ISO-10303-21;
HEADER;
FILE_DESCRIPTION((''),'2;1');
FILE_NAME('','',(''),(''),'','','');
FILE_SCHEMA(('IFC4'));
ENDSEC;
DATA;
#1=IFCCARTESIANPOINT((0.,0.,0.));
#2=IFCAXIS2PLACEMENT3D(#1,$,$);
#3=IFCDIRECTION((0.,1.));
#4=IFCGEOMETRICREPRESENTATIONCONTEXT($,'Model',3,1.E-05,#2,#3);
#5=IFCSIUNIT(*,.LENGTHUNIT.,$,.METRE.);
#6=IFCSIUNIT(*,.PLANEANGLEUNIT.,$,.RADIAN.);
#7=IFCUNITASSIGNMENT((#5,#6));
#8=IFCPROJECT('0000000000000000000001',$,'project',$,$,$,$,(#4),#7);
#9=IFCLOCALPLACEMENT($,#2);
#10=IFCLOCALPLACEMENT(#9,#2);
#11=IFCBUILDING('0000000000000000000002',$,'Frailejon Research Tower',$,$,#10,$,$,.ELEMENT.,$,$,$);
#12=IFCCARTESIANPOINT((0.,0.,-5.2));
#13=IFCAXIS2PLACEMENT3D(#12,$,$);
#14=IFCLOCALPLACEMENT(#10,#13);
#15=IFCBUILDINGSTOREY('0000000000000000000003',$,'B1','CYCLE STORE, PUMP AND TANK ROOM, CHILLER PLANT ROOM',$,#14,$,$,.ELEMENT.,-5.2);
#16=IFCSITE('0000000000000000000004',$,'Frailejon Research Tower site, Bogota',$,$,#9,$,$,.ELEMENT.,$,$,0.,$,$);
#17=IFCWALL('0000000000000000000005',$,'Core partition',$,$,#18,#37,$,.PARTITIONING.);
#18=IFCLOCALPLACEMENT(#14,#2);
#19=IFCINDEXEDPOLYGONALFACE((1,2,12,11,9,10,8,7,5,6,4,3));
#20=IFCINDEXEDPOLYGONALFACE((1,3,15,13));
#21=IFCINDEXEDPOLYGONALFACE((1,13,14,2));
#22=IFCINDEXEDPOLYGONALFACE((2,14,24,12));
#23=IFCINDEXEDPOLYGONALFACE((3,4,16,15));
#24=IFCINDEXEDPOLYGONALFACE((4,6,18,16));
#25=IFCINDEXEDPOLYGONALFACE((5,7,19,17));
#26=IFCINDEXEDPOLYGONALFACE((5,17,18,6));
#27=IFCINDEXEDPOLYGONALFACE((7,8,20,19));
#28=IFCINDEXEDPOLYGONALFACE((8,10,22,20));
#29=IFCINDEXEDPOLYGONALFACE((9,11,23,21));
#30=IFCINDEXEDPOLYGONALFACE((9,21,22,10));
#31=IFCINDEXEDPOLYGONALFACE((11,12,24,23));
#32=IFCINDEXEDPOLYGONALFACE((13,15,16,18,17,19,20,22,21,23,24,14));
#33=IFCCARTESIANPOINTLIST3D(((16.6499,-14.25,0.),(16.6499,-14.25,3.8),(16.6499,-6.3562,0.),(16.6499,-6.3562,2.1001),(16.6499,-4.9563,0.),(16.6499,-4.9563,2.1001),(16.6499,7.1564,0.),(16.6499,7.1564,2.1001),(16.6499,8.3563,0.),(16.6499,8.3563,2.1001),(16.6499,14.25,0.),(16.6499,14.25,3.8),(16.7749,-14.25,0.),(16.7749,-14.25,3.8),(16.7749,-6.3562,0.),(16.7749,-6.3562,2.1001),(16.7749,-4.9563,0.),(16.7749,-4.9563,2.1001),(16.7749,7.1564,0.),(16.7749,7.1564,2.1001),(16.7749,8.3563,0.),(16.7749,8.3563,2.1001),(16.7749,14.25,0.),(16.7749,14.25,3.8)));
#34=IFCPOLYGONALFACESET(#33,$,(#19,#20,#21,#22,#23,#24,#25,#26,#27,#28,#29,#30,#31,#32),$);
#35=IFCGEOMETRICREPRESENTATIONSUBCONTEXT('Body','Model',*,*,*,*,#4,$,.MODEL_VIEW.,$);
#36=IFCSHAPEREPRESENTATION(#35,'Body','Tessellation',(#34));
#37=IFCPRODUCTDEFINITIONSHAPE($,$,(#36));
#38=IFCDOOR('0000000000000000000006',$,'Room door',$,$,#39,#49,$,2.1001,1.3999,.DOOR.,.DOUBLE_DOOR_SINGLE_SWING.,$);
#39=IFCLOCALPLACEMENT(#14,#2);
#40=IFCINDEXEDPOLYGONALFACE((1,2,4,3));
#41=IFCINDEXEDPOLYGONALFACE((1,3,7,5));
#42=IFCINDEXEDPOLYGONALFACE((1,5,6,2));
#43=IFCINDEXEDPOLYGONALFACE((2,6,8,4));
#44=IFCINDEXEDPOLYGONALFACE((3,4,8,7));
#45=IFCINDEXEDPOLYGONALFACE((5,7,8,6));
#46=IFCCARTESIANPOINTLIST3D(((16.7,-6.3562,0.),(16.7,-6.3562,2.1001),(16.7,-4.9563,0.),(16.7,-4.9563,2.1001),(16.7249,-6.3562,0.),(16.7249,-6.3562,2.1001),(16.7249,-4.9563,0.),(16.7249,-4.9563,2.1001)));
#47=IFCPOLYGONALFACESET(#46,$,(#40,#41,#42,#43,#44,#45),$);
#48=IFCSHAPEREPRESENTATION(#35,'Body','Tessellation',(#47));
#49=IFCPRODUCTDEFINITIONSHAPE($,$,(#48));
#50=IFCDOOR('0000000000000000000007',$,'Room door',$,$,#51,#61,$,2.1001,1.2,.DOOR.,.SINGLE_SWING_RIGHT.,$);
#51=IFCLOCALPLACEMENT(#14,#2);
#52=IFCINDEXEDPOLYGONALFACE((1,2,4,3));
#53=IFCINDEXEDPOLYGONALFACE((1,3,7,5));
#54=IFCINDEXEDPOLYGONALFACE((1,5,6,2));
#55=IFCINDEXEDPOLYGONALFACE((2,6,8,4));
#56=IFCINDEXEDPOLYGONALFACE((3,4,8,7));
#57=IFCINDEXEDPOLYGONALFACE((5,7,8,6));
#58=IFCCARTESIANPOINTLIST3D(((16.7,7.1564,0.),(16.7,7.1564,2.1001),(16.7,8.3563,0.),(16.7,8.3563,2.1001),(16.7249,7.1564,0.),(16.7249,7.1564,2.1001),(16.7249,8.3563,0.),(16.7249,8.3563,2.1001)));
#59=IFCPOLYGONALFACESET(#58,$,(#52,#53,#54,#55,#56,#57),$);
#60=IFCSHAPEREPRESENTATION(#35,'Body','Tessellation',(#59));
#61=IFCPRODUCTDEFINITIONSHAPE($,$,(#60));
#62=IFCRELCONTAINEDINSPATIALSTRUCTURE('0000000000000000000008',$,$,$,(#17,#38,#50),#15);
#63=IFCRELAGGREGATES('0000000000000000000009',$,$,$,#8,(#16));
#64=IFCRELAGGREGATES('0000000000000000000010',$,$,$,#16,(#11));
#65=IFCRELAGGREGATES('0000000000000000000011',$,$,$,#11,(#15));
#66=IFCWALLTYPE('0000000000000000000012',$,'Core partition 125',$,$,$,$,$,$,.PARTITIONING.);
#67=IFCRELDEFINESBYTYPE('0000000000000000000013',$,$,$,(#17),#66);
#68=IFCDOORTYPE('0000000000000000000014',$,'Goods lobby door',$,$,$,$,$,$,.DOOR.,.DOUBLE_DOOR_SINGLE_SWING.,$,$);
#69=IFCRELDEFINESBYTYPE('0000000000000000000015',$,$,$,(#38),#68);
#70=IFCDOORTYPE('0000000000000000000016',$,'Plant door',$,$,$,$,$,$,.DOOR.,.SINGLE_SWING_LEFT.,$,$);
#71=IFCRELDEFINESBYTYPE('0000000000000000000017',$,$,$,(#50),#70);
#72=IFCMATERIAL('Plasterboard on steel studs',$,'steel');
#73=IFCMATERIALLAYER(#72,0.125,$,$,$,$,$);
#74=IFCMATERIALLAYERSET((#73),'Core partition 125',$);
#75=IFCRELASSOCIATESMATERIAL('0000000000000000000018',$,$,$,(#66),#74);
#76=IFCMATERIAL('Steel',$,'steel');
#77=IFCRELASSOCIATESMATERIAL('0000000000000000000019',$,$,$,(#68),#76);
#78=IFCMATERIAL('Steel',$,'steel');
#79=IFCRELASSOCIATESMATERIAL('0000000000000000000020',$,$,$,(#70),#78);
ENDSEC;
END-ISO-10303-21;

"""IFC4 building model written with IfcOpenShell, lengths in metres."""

from ifc_helpers import new_model, si_unit, direction, frame, frame_2d, origin, place, context, subcontext, project, spatial, rectangle, extrude, material, layer, layer_set, type_object, element, fill, save


model = new_model("IFC4")

# Units and contexts
model_context = context("Model", 3, precision=1e-05, world=origin(), true_north=direction((0.0, 1.0)))
body_context = subcontext(model_context, "Body", "Model", "MODEL_VIEW")
ifc_project = project(units=[si_unit("LENGTHUNIT", "METRE"), si_unit("PLANEANGLEUNIT", "RADIAN")], contexts=[model_context])

# Site, building, storey
site_placement = place(None, origin())
site = spatial("IfcSite", under=ifc_project, at=site_placement, Name="Frailejon Research Tower site, Bogota", CompositionType="ELEMENT", RefElevation=0.0)
building_placement = place(site_placement, origin())
building = spatial("IfcBuilding", under=site, at=building_placement, Name="Frailejon Research Tower", CompositionType="ELEMENT")
storey_placement = place(building_placement, frame((0.0, 0.0, -5.2)))
storey = spatial("IfcBuildingStorey", under=building, at=storey_placement, Name="B1", Description="CYCLE STORE, PUMP AND TANK ROOM, CHILLER PLANT ROOM", CompositionType="ELEMENT", Elevation=-5.2)

# Wall, openings, doors
ifc_material_1 = material(Name="Plasterboard on steel studs", Category="steel")
ifc_layer = layer(ifc_material_1, 0.125)
ifc_layer_set = layer_set([ifc_layer], Name="Core partition 125")
wall_type = type_object("IfcWallType", Name="Core partition 125", PredefinedType="PARTITIONING", material=ifc_layer_set)
wall_placement = place(storey_placement, frame((16.7124, -14.25, 0.0), z_axis=(0.0, 0.0, 1.0), x_axis=(0.0, 1.0, 0.0)))
wall = element("IfcWall", 1, at=wall_placement, inside=storey, type_object=wall_type, Name="Core partition", PredefinedType="PARTITIONING", context=body_context, shape_type="SweptSolid", body=[
    extrude(rectangle(XDim=28.5, YDim=0.125, at=frame_2d((14.25, 0.0))), origin(), (0.0, 0.0, 1.0), 3.8),
])
opening_1_placement = place(wall_placement, frame((7.8938, 0.0, 0.0)))
opening_1 = element("IfcOpeningElement", 2, at=opening_1_placement, cuts=wall, PredefinedType="OPENING", context=body_context, shape_type="SweptSolid", body=[
    extrude(rectangle(XDim=1.3999, YDim=2.1001, at=frame_2d((0.7, 1.05))), frame((0.0, 0.0725, 0.0), z_axis=(0.0, -1.0, 0.0), x_axis=(1.0, 0.0, 0.0)), (0.0, 0.0, 1.0), 0.145),
])
opening_2_placement = place(wall_placement, frame((21.4062, 0.0, 0.0)))
opening_2 = element("IfcOpeningElement", 3, at=opening_2_placement, cuts=wall, PredefinedType="OPENING", context=body_context, shape_type="SweptSolid", body=[
    extrude(rectangle(XDim=1.2, YDim=2.1001, at=frame_2d((0.6001, 1.05))), frame((0.0, 0.0725, 0.0), z_axis=(0.0, -1.0, 0.0), x_axis=(1.0, 0.0, 0.0)), (0.0, 0.0, 1.0), 0.145),
])
ifc_material_2 = material(Name="Steel", Category="steel")
door_type_1 = type_object("IfcDoorType", Name="Goods lobby door", OperationType="DOUBLE_DOOR_SINGLE_SWING", PredefinedType="DOOR", material=ifc_material_2)
door_1_placement = place(opening_1_placement, origin())
door_1 = element("IfcDoor", 4, at=door_1_placement, inside=storey, type_object=door_type_1, Name="Room door", OperationType="DOUBLE_DOOR_SINGLE_SWING", OverallHeight=2.1001, OverallWidth=1.3999, PredefinedType="DOOR", context=body_context, shape_type="SweptSolid", body=[
    extrude(rectangle(XDim=1.3999, YDim=2.1001, at=frame_2d((0.7, 1.05))), frame((0.0, 0.0125, 0.0), z_axis=(0.0, -1.0, 0.0), x_axis=(1.0, 0.0, 0.0)), (0.0, 0.0, 1.0), 0.0249),
])
fill(opening_1, door_1)
ifc_material_3 = material(Name="Steel", Category="steel")
door_type_2 = type_object("IfcDoorType", Name="Plant door", OperationType="SINGLE_SWING_LEFT", PredefinedType="DOOR", material=ifc_material_3)
door_2_placement = place(opening_2_placement, origin())
door_2 = element("IfcDoor", 5, at=door_2_placement, inside=storey, type_object=door_type_2, Name="Room door", OperationType="SINGLE_SWING_RIGHT", OverallHeight=2.1001, OverallWidth=1.2, PredefinedType="DOOR", context=body_context, shape_type="SweptSolid", body=[
    extrude(rectangle(XDim=1.2, YDim=2.1001, at=frame_2d((0.6001, 1.05))), frame((0.0, 0.0125, 0.0), z_axis=(0.0, -1.0, 0.0), x_axis=(1.0, 0.0, 0.0)), (0.0, 0.0, 1.0), 0.0249),
])
fill(opening_2, door_2)

save(model, "model.ifc")
